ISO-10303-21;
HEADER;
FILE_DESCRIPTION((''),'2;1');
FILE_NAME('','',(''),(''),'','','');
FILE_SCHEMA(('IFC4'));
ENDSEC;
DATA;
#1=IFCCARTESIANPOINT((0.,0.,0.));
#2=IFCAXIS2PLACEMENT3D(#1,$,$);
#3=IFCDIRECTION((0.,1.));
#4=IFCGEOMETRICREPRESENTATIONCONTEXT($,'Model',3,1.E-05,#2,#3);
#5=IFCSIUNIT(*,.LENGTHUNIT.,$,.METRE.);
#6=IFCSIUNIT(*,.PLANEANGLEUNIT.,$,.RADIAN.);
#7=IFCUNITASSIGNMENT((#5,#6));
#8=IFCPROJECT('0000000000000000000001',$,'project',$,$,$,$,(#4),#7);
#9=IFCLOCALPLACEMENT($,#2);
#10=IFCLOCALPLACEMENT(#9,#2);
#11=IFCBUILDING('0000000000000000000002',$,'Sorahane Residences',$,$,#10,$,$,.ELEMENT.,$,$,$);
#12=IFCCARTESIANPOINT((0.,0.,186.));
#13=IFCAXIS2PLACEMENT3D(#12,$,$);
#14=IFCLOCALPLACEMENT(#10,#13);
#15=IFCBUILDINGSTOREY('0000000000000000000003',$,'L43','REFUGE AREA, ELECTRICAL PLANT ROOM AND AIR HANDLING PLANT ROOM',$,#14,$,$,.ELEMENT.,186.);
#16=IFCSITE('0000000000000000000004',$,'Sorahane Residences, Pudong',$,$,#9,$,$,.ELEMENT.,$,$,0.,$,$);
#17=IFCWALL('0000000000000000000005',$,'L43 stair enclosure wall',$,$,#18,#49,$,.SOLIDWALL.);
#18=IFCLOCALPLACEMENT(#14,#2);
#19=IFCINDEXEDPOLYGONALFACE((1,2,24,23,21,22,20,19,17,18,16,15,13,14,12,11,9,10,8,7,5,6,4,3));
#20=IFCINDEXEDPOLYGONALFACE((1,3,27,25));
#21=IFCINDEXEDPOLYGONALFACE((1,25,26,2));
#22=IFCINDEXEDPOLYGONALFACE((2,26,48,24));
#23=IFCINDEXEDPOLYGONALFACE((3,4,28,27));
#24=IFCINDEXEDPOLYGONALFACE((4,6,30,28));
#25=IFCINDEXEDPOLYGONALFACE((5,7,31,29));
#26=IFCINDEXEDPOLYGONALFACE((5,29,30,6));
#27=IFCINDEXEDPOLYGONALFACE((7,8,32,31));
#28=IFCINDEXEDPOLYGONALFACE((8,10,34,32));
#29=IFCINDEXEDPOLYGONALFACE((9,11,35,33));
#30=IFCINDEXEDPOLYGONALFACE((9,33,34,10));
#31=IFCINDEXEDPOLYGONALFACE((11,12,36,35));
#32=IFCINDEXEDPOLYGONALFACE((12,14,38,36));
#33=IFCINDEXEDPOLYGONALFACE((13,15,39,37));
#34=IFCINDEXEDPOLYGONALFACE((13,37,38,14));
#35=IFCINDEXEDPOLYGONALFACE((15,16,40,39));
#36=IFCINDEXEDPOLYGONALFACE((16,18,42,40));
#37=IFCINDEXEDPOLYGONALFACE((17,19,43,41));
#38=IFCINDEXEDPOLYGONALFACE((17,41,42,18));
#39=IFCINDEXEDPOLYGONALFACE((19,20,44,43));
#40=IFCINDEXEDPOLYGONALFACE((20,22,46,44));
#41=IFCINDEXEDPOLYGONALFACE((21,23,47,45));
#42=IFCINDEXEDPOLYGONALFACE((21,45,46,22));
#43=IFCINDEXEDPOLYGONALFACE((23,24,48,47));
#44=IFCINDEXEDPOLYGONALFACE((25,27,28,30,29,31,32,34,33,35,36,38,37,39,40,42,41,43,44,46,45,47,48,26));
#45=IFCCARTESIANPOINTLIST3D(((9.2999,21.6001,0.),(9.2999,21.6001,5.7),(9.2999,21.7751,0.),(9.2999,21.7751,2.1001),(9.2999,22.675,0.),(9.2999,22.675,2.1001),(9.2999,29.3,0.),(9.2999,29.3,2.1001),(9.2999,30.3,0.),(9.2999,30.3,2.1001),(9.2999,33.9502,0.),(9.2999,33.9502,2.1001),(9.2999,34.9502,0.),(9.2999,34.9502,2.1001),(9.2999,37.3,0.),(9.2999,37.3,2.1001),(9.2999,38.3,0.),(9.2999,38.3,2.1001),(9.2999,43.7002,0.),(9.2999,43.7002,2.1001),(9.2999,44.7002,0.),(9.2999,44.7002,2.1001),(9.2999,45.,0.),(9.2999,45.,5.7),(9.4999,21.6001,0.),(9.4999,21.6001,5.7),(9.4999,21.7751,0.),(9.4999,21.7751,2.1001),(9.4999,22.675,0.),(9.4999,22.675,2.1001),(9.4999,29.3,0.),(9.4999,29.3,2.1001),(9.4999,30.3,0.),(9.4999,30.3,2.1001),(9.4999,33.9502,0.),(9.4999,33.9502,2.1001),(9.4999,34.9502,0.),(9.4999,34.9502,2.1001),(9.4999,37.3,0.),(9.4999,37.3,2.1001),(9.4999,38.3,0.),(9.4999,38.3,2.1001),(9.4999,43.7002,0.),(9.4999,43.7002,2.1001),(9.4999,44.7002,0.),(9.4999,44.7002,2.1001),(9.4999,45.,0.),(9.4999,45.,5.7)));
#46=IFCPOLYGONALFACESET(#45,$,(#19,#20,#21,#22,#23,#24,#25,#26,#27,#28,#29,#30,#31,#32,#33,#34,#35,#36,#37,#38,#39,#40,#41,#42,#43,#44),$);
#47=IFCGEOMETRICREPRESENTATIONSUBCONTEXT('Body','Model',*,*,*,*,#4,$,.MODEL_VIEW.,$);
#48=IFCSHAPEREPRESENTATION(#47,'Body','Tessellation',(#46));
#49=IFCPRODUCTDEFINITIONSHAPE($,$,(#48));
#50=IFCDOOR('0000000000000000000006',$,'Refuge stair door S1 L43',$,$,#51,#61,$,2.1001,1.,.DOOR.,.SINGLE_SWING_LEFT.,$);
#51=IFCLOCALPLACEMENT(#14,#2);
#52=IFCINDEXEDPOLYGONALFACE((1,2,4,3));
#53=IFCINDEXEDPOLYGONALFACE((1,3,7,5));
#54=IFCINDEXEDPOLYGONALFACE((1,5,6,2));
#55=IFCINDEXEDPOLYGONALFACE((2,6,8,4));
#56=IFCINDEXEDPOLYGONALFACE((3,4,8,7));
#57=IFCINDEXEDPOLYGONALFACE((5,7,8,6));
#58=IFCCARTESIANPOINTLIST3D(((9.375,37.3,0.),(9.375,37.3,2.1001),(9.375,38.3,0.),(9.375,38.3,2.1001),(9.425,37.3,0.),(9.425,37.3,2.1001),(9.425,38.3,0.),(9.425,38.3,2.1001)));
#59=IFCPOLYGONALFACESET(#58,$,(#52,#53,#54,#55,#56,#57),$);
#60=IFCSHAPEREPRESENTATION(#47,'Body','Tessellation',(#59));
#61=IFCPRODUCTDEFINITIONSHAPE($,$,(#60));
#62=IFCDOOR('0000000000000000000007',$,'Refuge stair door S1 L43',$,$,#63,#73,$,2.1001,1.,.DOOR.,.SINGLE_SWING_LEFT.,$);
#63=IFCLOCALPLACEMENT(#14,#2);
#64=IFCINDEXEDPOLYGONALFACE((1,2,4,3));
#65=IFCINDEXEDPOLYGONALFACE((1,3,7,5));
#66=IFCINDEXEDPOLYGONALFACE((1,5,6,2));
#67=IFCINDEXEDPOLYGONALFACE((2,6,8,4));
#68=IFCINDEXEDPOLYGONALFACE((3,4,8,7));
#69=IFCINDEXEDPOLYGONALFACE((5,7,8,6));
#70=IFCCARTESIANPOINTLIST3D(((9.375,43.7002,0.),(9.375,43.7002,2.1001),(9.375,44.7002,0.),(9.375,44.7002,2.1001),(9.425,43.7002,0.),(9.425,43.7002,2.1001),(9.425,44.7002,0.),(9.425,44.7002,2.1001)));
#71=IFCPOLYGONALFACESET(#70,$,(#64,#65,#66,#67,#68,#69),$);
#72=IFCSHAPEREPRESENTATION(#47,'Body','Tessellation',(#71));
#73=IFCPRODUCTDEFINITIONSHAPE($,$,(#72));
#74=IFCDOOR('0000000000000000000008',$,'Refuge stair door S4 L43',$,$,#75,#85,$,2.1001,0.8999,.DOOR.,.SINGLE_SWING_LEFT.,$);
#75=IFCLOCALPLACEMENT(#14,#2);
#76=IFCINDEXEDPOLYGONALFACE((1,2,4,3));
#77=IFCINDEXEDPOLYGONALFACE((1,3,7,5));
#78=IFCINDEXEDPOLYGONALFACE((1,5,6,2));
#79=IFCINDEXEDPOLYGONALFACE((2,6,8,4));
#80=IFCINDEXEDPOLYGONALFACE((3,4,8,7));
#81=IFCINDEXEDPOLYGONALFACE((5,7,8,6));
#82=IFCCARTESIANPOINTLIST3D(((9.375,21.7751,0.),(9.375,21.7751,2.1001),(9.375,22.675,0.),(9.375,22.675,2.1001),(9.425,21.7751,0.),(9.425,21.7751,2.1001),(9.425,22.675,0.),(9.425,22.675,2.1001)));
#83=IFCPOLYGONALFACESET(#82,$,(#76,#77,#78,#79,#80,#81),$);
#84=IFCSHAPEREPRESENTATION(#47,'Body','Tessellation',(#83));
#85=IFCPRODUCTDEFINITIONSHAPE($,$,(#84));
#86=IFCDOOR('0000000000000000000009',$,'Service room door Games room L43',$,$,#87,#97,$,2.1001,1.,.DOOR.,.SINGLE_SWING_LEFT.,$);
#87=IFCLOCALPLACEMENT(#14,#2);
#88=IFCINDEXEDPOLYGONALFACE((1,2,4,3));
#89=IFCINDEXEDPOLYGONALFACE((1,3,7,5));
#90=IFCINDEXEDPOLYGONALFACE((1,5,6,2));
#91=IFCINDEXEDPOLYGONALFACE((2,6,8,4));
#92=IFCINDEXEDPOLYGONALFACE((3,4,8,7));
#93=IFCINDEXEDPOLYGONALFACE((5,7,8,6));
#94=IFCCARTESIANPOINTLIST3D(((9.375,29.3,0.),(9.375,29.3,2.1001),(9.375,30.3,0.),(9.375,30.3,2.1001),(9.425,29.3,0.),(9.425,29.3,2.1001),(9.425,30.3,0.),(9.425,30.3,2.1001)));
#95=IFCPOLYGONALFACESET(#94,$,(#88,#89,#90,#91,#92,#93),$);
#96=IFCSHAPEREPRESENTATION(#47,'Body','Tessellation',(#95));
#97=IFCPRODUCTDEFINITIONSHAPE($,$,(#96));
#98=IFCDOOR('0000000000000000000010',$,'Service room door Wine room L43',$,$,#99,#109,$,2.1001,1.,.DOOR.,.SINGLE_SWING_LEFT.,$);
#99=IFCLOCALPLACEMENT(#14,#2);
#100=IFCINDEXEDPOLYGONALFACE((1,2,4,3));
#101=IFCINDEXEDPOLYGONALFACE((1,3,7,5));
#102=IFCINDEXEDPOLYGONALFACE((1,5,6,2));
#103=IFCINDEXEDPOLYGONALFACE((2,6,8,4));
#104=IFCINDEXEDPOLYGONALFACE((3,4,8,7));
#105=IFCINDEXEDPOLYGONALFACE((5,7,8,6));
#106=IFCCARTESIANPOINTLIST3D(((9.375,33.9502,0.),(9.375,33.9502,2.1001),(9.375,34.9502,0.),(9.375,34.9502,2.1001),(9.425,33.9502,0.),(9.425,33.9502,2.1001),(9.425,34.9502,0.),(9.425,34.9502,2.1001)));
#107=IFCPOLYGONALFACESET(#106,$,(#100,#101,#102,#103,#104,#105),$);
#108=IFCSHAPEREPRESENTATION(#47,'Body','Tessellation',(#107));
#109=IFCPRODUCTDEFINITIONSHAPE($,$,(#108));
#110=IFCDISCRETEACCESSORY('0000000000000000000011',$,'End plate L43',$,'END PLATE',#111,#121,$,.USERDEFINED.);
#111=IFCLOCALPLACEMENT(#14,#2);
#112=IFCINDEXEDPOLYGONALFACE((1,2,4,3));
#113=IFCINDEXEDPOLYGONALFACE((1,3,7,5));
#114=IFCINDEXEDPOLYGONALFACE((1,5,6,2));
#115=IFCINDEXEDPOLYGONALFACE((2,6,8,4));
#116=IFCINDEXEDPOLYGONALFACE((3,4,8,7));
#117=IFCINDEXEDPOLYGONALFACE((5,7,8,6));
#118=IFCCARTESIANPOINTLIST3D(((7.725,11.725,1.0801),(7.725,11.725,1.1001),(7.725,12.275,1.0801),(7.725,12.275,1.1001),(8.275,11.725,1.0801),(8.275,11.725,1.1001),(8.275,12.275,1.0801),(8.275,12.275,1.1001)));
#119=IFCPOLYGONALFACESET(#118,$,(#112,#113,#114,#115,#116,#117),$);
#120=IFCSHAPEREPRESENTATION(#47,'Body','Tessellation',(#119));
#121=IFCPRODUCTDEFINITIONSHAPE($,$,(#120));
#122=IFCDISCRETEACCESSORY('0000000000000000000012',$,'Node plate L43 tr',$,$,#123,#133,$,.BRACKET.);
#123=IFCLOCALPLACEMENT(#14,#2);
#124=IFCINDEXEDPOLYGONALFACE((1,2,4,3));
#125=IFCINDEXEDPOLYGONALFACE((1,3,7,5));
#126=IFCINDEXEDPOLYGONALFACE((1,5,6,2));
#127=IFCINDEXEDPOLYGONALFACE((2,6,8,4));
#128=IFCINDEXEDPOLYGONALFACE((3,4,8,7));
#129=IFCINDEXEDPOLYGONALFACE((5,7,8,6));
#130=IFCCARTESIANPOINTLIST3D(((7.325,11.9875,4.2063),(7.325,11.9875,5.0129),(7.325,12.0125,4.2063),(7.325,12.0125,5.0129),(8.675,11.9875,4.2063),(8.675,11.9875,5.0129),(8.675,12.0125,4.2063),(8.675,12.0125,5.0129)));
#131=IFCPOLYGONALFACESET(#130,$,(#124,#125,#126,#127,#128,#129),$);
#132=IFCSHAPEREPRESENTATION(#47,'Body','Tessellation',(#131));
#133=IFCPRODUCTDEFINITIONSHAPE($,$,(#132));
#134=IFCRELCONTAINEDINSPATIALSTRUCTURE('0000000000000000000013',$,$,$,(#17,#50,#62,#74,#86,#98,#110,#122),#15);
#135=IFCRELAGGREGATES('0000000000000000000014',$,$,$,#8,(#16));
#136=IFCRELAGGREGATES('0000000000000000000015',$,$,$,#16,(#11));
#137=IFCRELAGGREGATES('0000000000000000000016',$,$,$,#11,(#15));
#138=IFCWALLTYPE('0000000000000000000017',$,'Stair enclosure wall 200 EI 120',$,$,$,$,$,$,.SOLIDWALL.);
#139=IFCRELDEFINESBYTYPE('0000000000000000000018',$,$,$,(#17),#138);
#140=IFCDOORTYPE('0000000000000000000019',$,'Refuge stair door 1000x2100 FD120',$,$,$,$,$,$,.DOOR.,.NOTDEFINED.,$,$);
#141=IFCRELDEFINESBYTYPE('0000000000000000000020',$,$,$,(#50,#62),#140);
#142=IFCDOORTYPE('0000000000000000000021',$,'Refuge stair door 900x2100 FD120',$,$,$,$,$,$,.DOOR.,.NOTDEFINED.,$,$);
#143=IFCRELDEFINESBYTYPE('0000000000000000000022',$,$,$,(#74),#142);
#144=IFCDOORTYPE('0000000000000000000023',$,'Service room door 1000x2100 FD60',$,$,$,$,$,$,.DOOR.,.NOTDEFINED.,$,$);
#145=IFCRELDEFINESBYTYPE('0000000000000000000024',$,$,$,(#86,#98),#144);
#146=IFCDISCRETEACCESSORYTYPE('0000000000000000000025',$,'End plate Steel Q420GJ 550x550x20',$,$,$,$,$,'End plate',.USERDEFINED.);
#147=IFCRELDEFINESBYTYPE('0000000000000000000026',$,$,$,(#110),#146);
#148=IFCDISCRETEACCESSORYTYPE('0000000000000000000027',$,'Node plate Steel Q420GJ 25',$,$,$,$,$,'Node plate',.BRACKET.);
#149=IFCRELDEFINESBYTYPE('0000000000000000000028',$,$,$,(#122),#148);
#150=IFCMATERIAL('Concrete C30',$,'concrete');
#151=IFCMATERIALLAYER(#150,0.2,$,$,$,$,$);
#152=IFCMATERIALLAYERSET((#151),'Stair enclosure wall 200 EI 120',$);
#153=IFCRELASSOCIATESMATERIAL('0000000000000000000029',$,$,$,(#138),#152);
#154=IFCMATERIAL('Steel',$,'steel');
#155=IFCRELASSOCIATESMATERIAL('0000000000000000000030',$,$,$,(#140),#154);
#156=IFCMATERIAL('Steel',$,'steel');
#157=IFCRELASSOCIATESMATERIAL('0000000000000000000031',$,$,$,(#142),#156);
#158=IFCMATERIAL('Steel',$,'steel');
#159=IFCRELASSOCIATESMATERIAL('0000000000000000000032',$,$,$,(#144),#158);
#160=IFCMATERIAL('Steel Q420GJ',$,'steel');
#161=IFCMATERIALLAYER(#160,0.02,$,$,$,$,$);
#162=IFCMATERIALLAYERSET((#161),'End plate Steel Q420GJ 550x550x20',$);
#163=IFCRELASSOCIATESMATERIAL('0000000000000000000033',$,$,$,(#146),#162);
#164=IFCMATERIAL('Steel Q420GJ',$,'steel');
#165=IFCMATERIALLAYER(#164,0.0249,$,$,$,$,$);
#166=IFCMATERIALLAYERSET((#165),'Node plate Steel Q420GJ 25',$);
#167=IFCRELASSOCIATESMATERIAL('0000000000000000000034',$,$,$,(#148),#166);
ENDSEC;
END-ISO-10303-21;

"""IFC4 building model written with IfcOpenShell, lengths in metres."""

from ifc_helpers import new_model, si_unit, direction, frame, frame_2d, origin, origin_2d, place, context, subcontext, project, spatial, rectangle, extrude, material, layer, layer_set, type_object, element, fill, save


model = new_model("IFC4")

# Units and contexts
model_context = context("Model", 3, precision=1e-05, world=origin(), true_north=direction((0.0, 1.0)))
body_context = subcontext(model_context, "Body", "Model", "MODEL_VIEW")
ifc_project = project(units=[si_unit("LENGTHUNIT", "METRE"), si_unit("PLANEANGLEUNIT", "RADIAN")], contexts=[model_context])

# Site, building, storey
site_placement = place(None, origin())
site = spatial("IfcSite", under=ifc_project, at=site_placement, Name="Sorahane Residences, Pudong", CompositionType="ELEMENT", RefElevation=0.0)
building_placement = place(site_placement, origin())
building = spatial("IfcBuilding", under=site, at=building_placement, Name="Sorahane Residences", CompositionType="ELEMENT")
storey_placement = place(building_placement, frame((0.0, 0.0, 186.0)))
storey = spatial("IfcBuildingStorey", under=building, at=storey_placement, Name="L43", Description="REFUGE AREA, ELECTRICAL PLANT ROOM AND AIR HANDLING PLANT ROOM", CompositionType="ELEMENT", Elevation=186.0)

# Shared definitions
ifc_material_1 = material(Name="Concrete C30", Category="concrete")
ifc_layer_1 = layer(ifc_material_1, 0.2)
ifc_layer_set_1 = layer_set([ifc_layer_1], Name="Stair enclosure wall 200 EI 120")
wall_type_1 = type_object("IfcWallType", Name="Stair enclosure wall 200 EI 120", PredefinedType="SOLIDWALL", material=ifc_layer_set_1)

# Wall, openings, doors
wall_1_placement = place(storey_placement, frame((9.3999, 21.6001, 0.0), z_axis=(0.0, 0.0, 1.0), x_axis=(0.0, 1.0, 0.0)))
wall_1 = element("IfcWall", 1, at=wall_1_placement, inside=storey, type_object=wall_type_1, Name="L43 stair enclosure wall", PredefinedType="SOLIDWALL", context=body_context, shape_type="SweptSolid", body=[
    extrude(rectangle(XDim=23.3999, YDim=0.2, at=frame_2d((11.7, 0.0))), origin(), (0.0, 0.0, 1.0), 5.7),
])
opening_1_placement = place(wall_1_placement, frame((7.7, 0.0, 0.0)))
opening_1 = element("IfcOpeningElement", 2, at=opening_1_placement, cuts=wall_1, PredefinedType="OPENING", context=body_context, shape_type="SweptSolid", body=[
    extrude(rectangle(XDim=1.0, YDim=2.1001, at=frame_2d((0.5, 1.05))), frame((0.0, 0.1099, 0.0), z_axis=(0.0, -1.0, 0.0), x_axis=(1.0, 0.0, 0.0)), (0.0, 0.0, 1.0), 0.22),
])
opening_2_placement = place(wall_1_placement, frame((12.3501, 0.0, 0.0)))
opening_2 = element("IfcOpeningElement", 3, at=opening_2_placement, cuts=wall_1, PredefinedType="OPENING", context=body_context, shape_type="SweptSolid", body=[
    extrude(rectangle(XDim=1.0, YDim=2.1001, at=frame_2d((0.5, 1.05))), frame((0.0, 0.1099, 0.0), z_axis=(0.0, -1.0, 0.0), x_axis=(1.0, 0.0, 0.0)), (0.0, 0.0, 1.0), 0.22),
])
opening_3_placement = place(wall_1_placement, frame((15.7, 0.0, 0.0)))
opening_3 = element("IfcOpeningElement", 4, at=opening_3_placement, cuts=wall_1, PredefinedType="OPENING", context=body_context, shape_type="SweptSolid", body=[
    extrude(rectangle(XDim=1.0, YDim=2.1001, at=frame_2d((0.5, 1.05))), frame((0.0, 0.1099, 0.0), z_axis=(0.0, -1.0, 0.0), x_axis=(1.0, 0.0, 0.0)), (0.0, 0.0, 1.0), 0.22),
])
opening_4_placement = place(wall_1_placement, frame((22.1001, 0.0, 0.0)))
opening_4 = element("IfcOpeningElement", 5, at=opening_4_placement, cuts=wall_1, PredefinedType="OPENING", context=body_context, shape_type="SweptSolid", body=[
    extrude(rectangle(XDim=1.0, YDim=2.1001, at=frame_2d((0.5, 1.05))), frame((0.0, 0.1099, 0.0), z_axis=(0.0, -1.0, 0.0), x_axis=(1.0, 0.0, 0.0)), (0.0, 0.0, 1.0), 0.22),
])
opening_5_placement = place(wall_1_placement, frame((0.175, 0.0, 0.0)))
opening_5 = element("IfcOpeningElement", 6, at=opening_5_placement, cuts=wall_1, PredefinedType="OPENING", context=body_context, shape_type="SweptSolid", body=[
    extrude(rectangle(XDim=0.8999, YDim=2.1001, at=frame_2d((0.45, 1.05))), frame((0.0, 0.1099, 0.0), z_axis=(0.0, -1.0, 0.0), x_axis=(1.0, 0.0, 0.0)), (0.0, 0.0, 1.0), 0.22),
])
ifc_material_2 = material(Name="Steel", Category="steel")
door_type_1 = type_object("IfcDoorType", Name="Refuge stair door 1000x2100 FD120", OperationType="NOTDEFINED", PredefinedType="DOOR", material=ifc_material_2)
door_1_placement = place(opening_3_placement, origin())
door_1 = element("IfcDoor", 7, at=door_1_placement, inside=storey, type_object=door_type_1, Name="Refuge stair door S1 L43", OperationType="SINGLE_SWING_LEFT", OverallHeight=2.1001, OverallWidth=1.0, PredefinedType="DOOR", context=body_context, shape_type="SweptSolid", body=[
    extrude(rectangle(XDim=1.0, YDim=2.1001, at=frame_2d((0.5, 1.05))), frame((0.0, 0.0249, 0.0), z_axis=(0.0, -1.0, 0.0), x_axis=(1.0, 0.0, 0.0)), (0.0, 0.0, 1.0), 0.05),
])
fill(opening_3, door_1)
door_2_placement = place(opening_4_placement, origin())
door_2 = element("IfcDoor", 8, at=door_2_placement, inside=storey, type_object=door_type_1, Name="Refuge stair door S1 L43", OperationType="SINGLE_SWING_LEFT", OverallHeight=2.1001, OverallWidth=1.0, PredefinedType="DOOR", context=body_context, shape_type="SweptSolid", body=[
    extrude(rectangle(XDim=1.0, YDim=2.1001, at=frame_2d((0.5, 1.05))), frame((0.0, 0.0249, 0.0), z_axis=(0.0, -1.0, 0.0), x_axis=(1.0, 0.0, 0.0)), (0.0, 0.0, 1.0), 0.05),
])
fill(opening_4, door_2)
ifc_material_3 = material(Name="Steel", Category="steel")
door_type_2 = type_object("IfcDoorType", Name="Refuge stair door 900x2100 FD120", OperationType="NOTDEFINED", PredefinedType="DOOR", material=ifc_material_3)
door_3_placement = place(opening_5_placement, origin())
door_3 = element("IfcDoor", 9, at=door_3_placement, inside=storey, type_object=door_type_2, Name="Refuge stair door S4 L43", OperationType="SINGLE_SWING_LEFT", OverallHeight=2.1001, OverallWidth=0.8999, PredefinedType="DOOR", context=body_context, shape_type="SweptSolid", body=[
    extrude(rectangle(XDim=0.8999, YDim=2.1001, at=frame_2d((0.45, 1.05))), frame((0.0, 0.0249, 0.0), z_axis=(0.0, -1.0, 0.0), x_axis=(1.0, 0.0, 0.0)), (0.0, 0.0, 1.0), 0.05),
])
fill(opening_5, door_3)
ifc_material_4 = material(Name="Steel", Category="steel")
door_type_3 = type_object("IfcDoorType", Name="Service room door 1000x2100 FD60", OperationType="NOTDEFINED", PredefinedType="DOOR", material=ifc_material_4)
door_4_placement = place(opening_1_placement, origin())
door_4 = element("IfcDoor", 10, at=door_4_placement, inside=storey, type_object=door_type_3, Name="Service room door Games room L43", OperationType="SINGLE_SWING_LEFT", OverallHeight=2.1001, OverallWidth=1.0, PredefinedType="DOOR", context=body_context, shape_type="SweptSolid", body=[
    extrude(rectangle(XDim=1.0, YDim=2.1001, at=frame_2d((0.5, 1.05))), frame((0.0, 0.0249, 0.0), z_axis=(0.0, -1.0, 0.0), x_axis=(1.0, 0.0, 0.0)), (0.0, 0.0, 1.0), 0.05),
])
fill(opening_1, door_4)
door_5_placement = place(opening_2_placement, origin())
door_5 = element("IfcDoor", 11, at=door_5_placement, inside=storey, type_object=door_type_3, Name="Service room door Wine room L43", OperationType="SINGLE_SWING_LEFT", OverallHeight=2.1001, OverallWidth=1.0, PredefinedType="DOOR", context=body_context, shape_type="SweptSolid", body=[
    extrude(rectangle(XDim=1.0, YDim=2.1001, at=frame_2d((0.5, 1.05))), frame((0.0, 0.0249, 0.0), z_axis=(0.0, -1.0, 0.0), x_axis=(1.0, 0.0, 0.0)), (0.0, 0.0, 1.0), 0.05),
])
fill(opening_2, door_5)

# Discrete accessories
ifc_material_5 = material(Name="Steel Q420GJ", Category="steel")
ifc_layer_2 = layer(ifc_material_5, 0.02)
ifc_layer_set_2 = layer_set([ifc_layer_2], Name="End plate Steel Q420GJ 550x550x20")
discrete_accessory_type_1 = type_object("IfcDiscreteAccessoryType", Name="End plate Steel Q420GJ 550x550x20", ElementType="End plate", PredefinedType="USERDEFINED", material=ifc_layer_set_2)
discrete_accessory_1_placement = place(storey_placement, frame((8.0, 12.0, 1.0801), z_axis=(0.0, 0.0, 1.0), x_axis=(1.0, 0.0, 0.0)))
element("IfcDiscreteAccessory", 12, at=discrete_accessory_1_placement, inside=storey, type_object=discrete_accessory_type_1, Name="End plate L43", ObjectType="END PLATE", PredefinedType="USERDEFINED", context=body_context, shape_type="SweptSolid", body=[
    extrude(rectangle(XDim=0.55, YDim=0.55, at=origin_2d()), origin(), (0.0, 0.0, 1.0), 0.02),
])
ifc_material_6 = material(Name="Steel Q420GJ", Category="steel")
ifc_layer_3 = layer(ifc_material_6, 0.0249)
ifc_layer_set_3 = layer_set([ifc_layer_3], Name="Node plate Steel Q420GJ 25")
discrete_accessory_type_2 = type_object("IfcDiscreteAccessoryType", Name="Node plate Steel Q420GJ 25", ElementType="Node plate", PredefinedType="BRACKET", material=ifc_layer_set_3)
discrete_accessory_2_placement = place(storey_placement, frame((8.0, 12.0, 4.2063), z_axis=(0.0, 0.0, 1.0), x_axis=(1.0, 0.0, 0.0)))
element("IfcDiscreteAccessory", 13, at=discrete_accessory_2_placement, inside=storey, type_object=discrete_accessory_type_2, Name="Node plate L43 tr", PredefinedType="BRACKET", context=body_context, shape_type="SweptSolid", body=[
    extrude(rectangle(XDim=1.3501, YDim=0.0249, at=origin_2d()), origin(), (0.0, 0.0, 1.0), 0.8066),
])

save(model, "model.ifc")
